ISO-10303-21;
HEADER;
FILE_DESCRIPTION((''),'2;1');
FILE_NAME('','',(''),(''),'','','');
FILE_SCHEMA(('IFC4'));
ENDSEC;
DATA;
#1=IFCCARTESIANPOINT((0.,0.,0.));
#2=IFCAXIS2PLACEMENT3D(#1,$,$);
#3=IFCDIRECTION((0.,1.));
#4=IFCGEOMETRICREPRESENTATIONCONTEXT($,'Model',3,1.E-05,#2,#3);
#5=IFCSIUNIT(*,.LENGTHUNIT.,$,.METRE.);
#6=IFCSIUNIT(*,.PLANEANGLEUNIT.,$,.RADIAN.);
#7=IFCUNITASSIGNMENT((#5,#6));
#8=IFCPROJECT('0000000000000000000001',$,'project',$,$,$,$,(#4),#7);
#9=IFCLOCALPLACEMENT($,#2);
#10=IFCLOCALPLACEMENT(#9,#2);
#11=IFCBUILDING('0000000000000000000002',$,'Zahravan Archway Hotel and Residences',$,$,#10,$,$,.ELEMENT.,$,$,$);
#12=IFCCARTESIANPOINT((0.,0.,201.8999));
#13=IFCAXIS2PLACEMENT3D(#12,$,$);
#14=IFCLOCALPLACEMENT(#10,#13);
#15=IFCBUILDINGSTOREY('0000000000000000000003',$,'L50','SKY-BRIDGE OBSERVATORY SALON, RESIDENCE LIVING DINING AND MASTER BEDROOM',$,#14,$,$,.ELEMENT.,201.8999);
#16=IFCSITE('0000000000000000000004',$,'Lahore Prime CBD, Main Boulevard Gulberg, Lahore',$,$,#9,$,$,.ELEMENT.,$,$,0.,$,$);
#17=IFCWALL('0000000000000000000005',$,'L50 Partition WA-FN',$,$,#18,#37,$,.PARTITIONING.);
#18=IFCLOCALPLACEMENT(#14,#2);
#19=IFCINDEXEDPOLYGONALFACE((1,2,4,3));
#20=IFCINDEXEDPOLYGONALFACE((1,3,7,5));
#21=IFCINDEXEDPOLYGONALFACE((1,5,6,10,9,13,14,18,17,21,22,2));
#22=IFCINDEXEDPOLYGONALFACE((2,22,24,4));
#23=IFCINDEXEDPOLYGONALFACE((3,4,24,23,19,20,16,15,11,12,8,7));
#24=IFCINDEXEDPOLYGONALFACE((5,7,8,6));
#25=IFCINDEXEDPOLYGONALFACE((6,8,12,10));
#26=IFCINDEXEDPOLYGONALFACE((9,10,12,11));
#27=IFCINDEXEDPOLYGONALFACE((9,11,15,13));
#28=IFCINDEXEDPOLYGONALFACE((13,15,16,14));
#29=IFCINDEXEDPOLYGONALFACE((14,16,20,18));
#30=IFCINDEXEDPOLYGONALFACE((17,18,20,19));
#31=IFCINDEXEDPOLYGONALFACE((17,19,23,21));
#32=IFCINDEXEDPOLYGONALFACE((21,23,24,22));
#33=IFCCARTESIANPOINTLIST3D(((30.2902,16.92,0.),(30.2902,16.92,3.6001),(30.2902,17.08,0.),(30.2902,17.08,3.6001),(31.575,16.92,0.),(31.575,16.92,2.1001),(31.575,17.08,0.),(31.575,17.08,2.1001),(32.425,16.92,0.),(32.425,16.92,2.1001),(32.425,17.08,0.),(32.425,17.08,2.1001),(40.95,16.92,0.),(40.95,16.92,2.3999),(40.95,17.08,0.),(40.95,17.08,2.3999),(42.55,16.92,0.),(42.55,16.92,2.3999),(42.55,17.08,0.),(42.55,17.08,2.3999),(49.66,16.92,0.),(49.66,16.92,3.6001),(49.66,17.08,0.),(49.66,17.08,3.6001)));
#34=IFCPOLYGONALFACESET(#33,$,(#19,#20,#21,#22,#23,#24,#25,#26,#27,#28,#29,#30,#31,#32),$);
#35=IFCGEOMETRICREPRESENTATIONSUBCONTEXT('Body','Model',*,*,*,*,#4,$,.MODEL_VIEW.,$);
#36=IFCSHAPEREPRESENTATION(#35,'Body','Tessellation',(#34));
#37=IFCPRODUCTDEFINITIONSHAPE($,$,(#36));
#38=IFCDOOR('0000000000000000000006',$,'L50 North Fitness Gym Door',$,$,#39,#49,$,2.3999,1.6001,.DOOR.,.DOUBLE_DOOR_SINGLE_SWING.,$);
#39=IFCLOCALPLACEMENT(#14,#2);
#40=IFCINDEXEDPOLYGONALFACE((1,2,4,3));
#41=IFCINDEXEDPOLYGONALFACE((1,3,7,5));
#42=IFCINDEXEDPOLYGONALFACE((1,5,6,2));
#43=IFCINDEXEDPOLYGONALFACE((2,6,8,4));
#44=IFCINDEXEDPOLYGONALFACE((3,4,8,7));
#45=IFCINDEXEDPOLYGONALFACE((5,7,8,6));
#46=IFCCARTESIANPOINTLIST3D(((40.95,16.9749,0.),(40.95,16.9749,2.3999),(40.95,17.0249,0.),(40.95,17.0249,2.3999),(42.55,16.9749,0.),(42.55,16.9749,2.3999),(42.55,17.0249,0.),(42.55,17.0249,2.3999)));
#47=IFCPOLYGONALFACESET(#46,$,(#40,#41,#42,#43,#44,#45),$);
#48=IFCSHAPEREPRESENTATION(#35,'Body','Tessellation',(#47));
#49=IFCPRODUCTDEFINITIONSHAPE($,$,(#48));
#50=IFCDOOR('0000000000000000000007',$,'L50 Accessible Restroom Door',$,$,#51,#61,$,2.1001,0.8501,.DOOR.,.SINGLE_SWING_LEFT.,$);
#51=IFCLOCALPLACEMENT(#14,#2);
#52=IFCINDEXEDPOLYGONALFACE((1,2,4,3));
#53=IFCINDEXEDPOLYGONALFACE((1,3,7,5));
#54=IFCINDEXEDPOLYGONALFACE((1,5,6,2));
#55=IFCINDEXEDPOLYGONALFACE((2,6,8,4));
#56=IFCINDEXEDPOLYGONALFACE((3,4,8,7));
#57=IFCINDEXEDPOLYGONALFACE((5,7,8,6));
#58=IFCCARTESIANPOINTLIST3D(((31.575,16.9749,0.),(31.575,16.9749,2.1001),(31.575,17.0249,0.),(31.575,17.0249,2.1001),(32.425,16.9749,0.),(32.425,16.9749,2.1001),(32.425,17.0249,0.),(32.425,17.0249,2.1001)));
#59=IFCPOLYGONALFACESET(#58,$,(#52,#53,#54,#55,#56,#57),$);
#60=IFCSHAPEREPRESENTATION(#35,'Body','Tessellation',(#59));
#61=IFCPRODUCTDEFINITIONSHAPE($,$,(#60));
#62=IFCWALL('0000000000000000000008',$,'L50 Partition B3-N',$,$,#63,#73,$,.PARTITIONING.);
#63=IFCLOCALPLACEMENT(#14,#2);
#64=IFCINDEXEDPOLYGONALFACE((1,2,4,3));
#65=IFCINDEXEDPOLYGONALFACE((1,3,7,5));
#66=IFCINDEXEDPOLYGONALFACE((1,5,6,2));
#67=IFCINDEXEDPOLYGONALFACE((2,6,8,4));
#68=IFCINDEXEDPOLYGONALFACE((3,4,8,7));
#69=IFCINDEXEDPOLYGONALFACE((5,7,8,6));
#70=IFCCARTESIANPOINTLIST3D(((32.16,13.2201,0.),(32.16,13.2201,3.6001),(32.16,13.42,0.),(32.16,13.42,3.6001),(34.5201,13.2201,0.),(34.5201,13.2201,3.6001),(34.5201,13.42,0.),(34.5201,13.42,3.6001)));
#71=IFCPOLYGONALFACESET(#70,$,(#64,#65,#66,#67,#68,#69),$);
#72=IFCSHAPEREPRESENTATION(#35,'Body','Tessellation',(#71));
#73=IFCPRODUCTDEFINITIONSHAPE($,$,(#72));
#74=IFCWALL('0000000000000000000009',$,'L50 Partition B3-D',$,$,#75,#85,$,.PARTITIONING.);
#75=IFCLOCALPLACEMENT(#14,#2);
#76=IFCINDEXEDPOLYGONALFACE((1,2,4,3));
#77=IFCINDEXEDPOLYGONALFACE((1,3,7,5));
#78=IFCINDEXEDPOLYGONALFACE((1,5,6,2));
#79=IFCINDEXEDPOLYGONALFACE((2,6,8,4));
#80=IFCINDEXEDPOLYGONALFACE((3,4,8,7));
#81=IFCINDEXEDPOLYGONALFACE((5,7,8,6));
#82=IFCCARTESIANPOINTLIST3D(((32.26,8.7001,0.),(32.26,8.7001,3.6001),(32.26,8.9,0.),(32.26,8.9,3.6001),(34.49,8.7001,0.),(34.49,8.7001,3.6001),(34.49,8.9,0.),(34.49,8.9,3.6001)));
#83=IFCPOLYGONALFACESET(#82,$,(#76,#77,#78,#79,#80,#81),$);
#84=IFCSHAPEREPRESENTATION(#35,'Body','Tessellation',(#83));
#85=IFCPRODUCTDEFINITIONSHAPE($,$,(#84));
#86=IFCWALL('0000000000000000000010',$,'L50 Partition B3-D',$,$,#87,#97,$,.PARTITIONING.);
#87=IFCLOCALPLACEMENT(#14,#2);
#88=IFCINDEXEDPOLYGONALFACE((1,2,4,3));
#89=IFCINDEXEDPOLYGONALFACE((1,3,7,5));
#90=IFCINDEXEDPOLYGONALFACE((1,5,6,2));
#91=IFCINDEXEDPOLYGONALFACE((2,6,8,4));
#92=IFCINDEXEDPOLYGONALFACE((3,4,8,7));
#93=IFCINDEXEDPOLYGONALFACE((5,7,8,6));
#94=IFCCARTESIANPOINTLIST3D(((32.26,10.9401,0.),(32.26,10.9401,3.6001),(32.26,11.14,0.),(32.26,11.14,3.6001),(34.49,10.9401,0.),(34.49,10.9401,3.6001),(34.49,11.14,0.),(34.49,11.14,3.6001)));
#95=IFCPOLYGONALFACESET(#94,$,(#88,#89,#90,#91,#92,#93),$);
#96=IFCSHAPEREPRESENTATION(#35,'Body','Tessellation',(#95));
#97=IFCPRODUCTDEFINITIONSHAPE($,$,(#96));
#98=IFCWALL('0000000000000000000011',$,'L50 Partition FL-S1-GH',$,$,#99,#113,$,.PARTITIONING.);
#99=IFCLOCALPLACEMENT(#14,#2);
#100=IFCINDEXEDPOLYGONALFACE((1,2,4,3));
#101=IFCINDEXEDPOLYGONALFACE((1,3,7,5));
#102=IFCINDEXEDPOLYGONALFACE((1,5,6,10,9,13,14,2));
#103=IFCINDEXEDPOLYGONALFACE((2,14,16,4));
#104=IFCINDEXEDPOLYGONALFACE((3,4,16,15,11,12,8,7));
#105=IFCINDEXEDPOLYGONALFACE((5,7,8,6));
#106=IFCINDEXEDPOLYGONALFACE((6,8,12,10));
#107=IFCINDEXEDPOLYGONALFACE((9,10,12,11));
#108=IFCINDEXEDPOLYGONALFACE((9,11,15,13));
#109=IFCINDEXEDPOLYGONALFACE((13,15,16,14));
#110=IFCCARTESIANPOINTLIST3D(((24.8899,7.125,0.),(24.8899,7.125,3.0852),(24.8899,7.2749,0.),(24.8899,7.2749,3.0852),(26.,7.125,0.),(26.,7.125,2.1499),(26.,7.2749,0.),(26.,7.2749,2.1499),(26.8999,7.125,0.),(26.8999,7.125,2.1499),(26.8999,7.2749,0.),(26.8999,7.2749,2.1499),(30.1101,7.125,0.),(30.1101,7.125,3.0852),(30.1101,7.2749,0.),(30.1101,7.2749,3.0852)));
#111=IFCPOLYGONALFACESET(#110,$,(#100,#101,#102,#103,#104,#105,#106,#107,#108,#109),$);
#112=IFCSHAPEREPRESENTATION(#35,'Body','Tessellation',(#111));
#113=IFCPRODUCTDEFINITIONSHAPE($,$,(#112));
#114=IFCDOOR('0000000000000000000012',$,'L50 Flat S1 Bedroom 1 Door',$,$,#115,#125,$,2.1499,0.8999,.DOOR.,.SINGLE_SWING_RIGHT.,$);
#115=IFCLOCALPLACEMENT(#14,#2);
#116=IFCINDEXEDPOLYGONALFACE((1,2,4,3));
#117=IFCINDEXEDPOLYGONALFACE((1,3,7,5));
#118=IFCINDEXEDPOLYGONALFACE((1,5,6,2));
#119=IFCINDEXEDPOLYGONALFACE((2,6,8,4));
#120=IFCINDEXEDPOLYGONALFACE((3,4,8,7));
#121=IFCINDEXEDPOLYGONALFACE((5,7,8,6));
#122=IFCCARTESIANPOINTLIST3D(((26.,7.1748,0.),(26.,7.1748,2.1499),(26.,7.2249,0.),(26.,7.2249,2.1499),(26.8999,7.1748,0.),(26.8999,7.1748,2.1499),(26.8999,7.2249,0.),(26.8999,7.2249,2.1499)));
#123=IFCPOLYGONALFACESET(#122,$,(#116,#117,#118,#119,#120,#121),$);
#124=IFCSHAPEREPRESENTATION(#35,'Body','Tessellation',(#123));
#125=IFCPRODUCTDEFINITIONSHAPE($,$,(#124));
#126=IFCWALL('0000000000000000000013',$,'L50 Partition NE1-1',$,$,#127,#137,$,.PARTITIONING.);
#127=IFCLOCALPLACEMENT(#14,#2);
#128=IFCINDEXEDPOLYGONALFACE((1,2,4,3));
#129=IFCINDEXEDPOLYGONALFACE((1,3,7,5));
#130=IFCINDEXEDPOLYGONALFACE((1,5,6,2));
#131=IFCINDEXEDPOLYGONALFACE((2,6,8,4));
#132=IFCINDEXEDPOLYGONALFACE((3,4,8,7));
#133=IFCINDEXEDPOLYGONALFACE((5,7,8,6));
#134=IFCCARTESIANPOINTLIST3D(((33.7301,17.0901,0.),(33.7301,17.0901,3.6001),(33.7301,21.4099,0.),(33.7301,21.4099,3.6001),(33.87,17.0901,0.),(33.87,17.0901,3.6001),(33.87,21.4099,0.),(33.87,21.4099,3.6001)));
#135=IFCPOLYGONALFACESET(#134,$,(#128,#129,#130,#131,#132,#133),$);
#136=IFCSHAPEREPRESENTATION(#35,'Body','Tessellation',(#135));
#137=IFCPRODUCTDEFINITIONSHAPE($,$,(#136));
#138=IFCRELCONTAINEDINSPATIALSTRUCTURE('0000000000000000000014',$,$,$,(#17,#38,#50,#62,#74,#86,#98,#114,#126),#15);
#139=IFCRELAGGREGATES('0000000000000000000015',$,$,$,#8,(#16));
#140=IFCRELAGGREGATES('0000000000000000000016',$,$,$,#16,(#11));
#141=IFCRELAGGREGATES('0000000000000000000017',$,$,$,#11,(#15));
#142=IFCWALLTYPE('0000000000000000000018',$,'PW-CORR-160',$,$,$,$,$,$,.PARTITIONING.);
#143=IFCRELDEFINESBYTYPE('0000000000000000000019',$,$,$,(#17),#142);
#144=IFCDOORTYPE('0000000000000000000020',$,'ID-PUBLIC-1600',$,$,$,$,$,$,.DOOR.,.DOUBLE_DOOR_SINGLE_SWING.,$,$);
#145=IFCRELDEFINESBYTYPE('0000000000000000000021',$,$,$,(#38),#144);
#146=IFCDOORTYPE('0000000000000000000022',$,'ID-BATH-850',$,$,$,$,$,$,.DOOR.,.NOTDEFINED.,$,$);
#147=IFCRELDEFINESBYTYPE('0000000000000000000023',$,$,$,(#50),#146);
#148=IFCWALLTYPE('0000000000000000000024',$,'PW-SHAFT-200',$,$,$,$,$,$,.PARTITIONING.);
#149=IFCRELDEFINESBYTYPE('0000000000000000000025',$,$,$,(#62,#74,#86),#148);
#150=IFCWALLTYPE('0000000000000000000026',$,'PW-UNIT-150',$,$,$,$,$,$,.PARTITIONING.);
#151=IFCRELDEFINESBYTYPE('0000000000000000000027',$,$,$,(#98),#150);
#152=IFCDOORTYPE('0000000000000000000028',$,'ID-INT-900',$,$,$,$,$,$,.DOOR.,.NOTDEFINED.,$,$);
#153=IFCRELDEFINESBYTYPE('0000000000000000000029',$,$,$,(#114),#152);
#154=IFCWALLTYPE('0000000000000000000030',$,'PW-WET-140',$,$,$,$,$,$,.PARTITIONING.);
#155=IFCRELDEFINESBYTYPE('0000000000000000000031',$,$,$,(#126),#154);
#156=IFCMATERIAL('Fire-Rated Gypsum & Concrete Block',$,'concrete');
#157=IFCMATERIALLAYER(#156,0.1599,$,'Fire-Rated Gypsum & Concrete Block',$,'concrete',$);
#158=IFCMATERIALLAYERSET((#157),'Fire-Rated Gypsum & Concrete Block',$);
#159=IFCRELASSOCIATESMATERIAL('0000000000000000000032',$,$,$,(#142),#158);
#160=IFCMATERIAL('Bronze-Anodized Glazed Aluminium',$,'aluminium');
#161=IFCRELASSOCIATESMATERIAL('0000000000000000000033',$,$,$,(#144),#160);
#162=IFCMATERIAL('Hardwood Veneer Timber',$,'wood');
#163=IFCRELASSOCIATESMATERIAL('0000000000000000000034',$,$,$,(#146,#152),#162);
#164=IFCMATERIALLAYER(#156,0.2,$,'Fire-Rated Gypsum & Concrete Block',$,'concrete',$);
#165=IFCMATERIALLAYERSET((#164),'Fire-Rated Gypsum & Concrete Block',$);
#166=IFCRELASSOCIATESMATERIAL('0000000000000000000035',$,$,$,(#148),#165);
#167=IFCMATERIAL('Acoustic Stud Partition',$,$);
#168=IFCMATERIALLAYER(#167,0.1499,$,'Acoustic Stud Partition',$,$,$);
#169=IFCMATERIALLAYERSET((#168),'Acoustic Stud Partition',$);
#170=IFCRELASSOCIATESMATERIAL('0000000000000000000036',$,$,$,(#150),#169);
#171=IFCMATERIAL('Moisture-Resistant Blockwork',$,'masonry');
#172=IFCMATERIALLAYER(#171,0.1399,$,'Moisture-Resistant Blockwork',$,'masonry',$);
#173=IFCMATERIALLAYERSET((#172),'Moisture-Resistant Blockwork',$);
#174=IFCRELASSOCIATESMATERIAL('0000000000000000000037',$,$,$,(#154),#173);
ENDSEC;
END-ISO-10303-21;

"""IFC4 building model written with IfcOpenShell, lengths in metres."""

from ifc_helpers import new_model, si_unit, direction, frame, frame_2d, origin, place, context, subcontext, project, spatial, rectangle, extrude, source, transform, mapped, material, layer, layer_set, type_object, type_shapes, element, fill, save


model = new_model("IFC4")

# Units and contexts
model_context = context("Model", 3, precision=1e-05, world=origin(), true_north=direction((0.0, 1.0)))
body_context = subcontext(model_context, "Body", "Model", "MODEL_VIEW")
ifc_project = project(units=[si_unit("LENGTHUNIT", "METRE"), si_unit("PLANEANGLEUNIT", "RADIAN")], contexts=[model_context])

# Site, building, storey
site_placement = place(None, origin())
site = spatial("IfcSite", under=ifc_project, at=site_placement, Name="Lahore Prime CBD, Main Boulevard Gulberg, Lahore", CompositionType="ELEMENT", RefElevation=0.0)
building_placement = place(site_placement, origin())
building = spatial("IfcBuilding", under=site, at=building_placement, Name="Zahravan Archway Hotel and Residences", CompositionType="ELEMENT")
storey_placement = place(building_placement, frame((0.0, 0.0, 201.8999)))
storey = spatial("IfcBuildingStorey", under=building, at=storey_placement, Name="L50", Description="SKY-BRIDGE OBSERVATORY SALON, RESIDENCE LIVING DINING AND MASTER BEDROOM", CompositionType="ELEMENT", Elevation=201.8999)

# Shared definitions
ifc_material_1 = material(Name="Fire-Rated Gypsum & Concrete Block", Category="concrete")
ifc_layer_1 = layer(ifc_material_1, 0.1599, Name="Fire-Rated Gypsum & Concrete Block", Category="concrete")
ifc_layer_set_1 = layer_set([ifc_layer_1], Name="Fire-Rated Gypsum & Concrete Block")
wall_type_1 = type_object("IfcWallType", Name="PW-CORR-160", PredefinedType="PARTITIONING", material=ifc_layer_set_1)

# Wall, openings, doors
wall_1_placement = place(storey_placement, frame((30.29, 17.0, 0.0), z_axis=(0.0, 0.0, 1.0), x_axis=(1.0, 0.0, 0.0)))
wall_1 = element("IfcWall", 1, at=wall_1_placement, inside=storey, type_object=wall_type_1, Name="L50 Partition WA-FN", PredefinedType="PARTITIONING", context=body_context, shape_type="SweptSolid", body=[
    extrude(rectangle(XDim=19.3699, YDim=0.1599, at=frame_2d((9.6851, 0.0))), origin(), (0.0, 0.0, 1.0), 3.6001),
])
opening_1_placement = place(wall_1_placement, frame((1.2849, 0.0, 0.0)))
opening_1 = element("IfcOpeningElement", 2, at=opening_1_placement, cuts=wall_1, PredefinedType="OPENING", context=body_context, shape_type="SweptSolid", body=[
    extrude(rectangle(XDim=0.8501, YDim=2.1001, at=frame_2d((0.425, 1.05))), frame((0.0, 0.0898, 0.0), z_axis=(0.0, -1.0, 0.0), x_axis=(1.0, 0.0, 0.0)), (0.0, 0.0, 1.0), 0.1799),
])
opening_2_placement = place(wall_1_placement, frame((10.6599, 0.0, 0.0)))
opening_2 = element("IfcOpeningElement", 3, at=opening_2_placement, cuts=wall_1, PredefinedType="OPENING", context=body_context, shape_type="SweptSolid", body=[
    extrude(rectangle(XDim=1.6001, YDim=2.3999, at=frame_2d((0.8, 1.2))), frame((0.0, 0.0898, 0.0), z_axis=(0.0, -1.0, 0.0), x_axis=(1.0, 0.0, 0.0)), (0.0, 0.0, 1.0), 0.1799),
])
ifc_material_2 = material(Name="Bronze-Anodized Glazed Aluminium", Category="aluminium")
door_type_1 = type_object("IfcDoorType", Name="ID-PUBLIC-1600", OperationType="DOUBLE_DOOR_SINGLE_SWING", PredefinedType="DOOR", material=ifc_material_2)
shared_shape_1 = source(origin(), body_context, "Body", "SweptSolid", [
    extrude(rectangle(XDim=1.6001, YDim=2.3999, at=frame_2d((0.8, 1.2))), frame((0.0, 0.0249, 0.0), z_axis=(0.0, -1.0, 0.0), x_axis=(1.0, 0.0, 0.0)), (0.0, 0.0, 1.0), 0.05),
])
type_shapes(door_type_1, [shared_shape_1])
door_1_placement = place(opening_2_placement, origin())
door_1 = element("IfcDoor", 4, at=door_1_placement, inside=storey, type_object=door_type_1, Name="L50 North Fitness Gym Door", OperationType="DOUBLE_DOOR_SINGLE_SWING", OverallHeight=2.3999, OverallWidth=1.6001, PredefinedType="DOOR", context=body_context, shape_type="MappedRepresentation", body=[
    mapped(shared_shape_1, transform((0.0, 0.0, 0.0), scale=1.0)),
])
fill(opening_2, door_1)
ifc_material_3 = material(Name="Hardwood Veneer Timber", Category="wood")
door_type_2 = type_object("IfcDoorType", Name="ID-BATH-850", OperationType="NOTDEFINED", PredefinedType="DOOR", material=ifc_material_3)
shared_shape_2 = source(origin(), body_context, "Body", "SweptSolid", [
    extrude(rectangle(XDim=0.8501, YDim=2.1001, at=frame_2d((0.425, 1.05))), frame((0.0, 0.0249, 0.0), z_axis=(0.0, -1.0, 0.0), x_axis=(1.0, 0.0, 0.0)), (0.0, 0.0, 1.0), 0.05),
])
type_shapes(door_type_2, [shared_shape_2])
door_2_placement = place(opening_1_placement, origin())
door_2 = element("IfcDoor", 5, at=door_2_placement, inside=storey, type_object=door_type_2, Name="L50 Accessible Restroom Door", OperationType="SINGLE_SWING_LEFT", OverallHeight=2.1001, OverallWidth=0.8501, PredefinedType="DOOR", context=body_context, shape_type="MappedRepresentation", body=[
    mapped(shared_shape_2, transform((0.0, 0.0, 0.0), scale=1.0)),
])
fill(opening_1, door_2)

# Walls
ifc_layer_2 = layer(ifc_material_1, 0.2, Name="Fire-Rated Gypsum & Concrete Block", Category="concrete")
ifc_layer_set_2 = layer_set([ifc_layer_2], Name="Fire-Rated Gypsum & Concrete Block")
wall_type_2 = type_object("IfcWallType", Name="PW-SHAFT-200", PredefinedType="PARTITIONING", material=ifc_layer_set_2)
wall_2_placement = place(storey_placement, frame((32.1599, 13.3201, 0.0), z_axis=(0.0, 0.0, 1.0), x_axis=(1.0, 0.0, 0.0)))
element("IfcWall", 6, at=wall_2_placement, inside=storey, type_object=wall_type_2, Name="L50 Partition B3-N", PredefinedType="PARTITIONING", context=body_context, shape_type="SweptSolid", body=[
    extrude(rectangle(XDim=2.3601, YDim=0.2, at=frame_2d((1.1802, 0.0))), origin(), (0.0, 0.0, 1.0), 3.6001),
])
for number, where, z_axis, x_axis, name in (
    (7, (32.26, 8.8, 0.0), (0.0, 0.0, 1.0), (1.0, 0.0, 0.0), "L50 Partition B3-D"),
    (8, (32.26, 11.04, 0.0), (0.0, 0.0, 1.0), (1.0, 0.0, 0.0), "L50 Partition B3-D"),
):
    element("IfcWall", number, at=place(storey_placement, frame(where, z_axis=z_axis, x_axis=x_axis)), inside=storey, type_object=wall_type_2, Name=name, PredefinedType="PARTITIONING", context=body_context, shape_type="SweptSolid", body=[
        extrude(rectangle(XDim=2.23, YDim=0.2, at=frame_2d((1.115, 0.0))), origin(), (0.0, 0.0, 1.0), 3.6001),
    ])

# Wall, opening, door
ifc_material_4 = material(Name="Acoustic Stud Partition")
ifc_layer_3 = layer(ifc_material_4, 0.1499, Name="Acoustic Stud Partition")
ifc_layer_set_3 = layer_set([ifc_layer_3], Name="Acoustic Stud Partition")
wall_type_3 = type_object("IfcWallType", Name="PW-UNIT-150", PredefinedType="PARTITIONING", material=ifc_layer_set_3)
wall_3_placement = place(storey_placement, frame((24.8899, 7.2, 0.0), z_axis=(0.0, 0.0, 1.0), x_axis=(1.0, 0.0, 0.0)))
wall_3 = element("IfcWall", 9, at=wall_3_placement, inside=storey, type_object=wall_type_3, Name="L50 Partition FL-S1-GH", PredefinedType="PARTITIONING", context=body_context, shape_type="SweptSolid", body=[
    extrude(rectangle(XDim=5.2202, YDim=0.1499, at=frame_2d((2.6101, 0.0))), origin(), (0.0, 0.0, 1.0), 3.0852),
])
opening_3_placement = place(wall_3_placement, frame((1.1101, 0.0, 0.0)))
opening_3 = element("IfcOpeningElement", 10, at=opening_3_placement, cuts=wall_3, PredefinedType="OPENING", context=body_context, shape_type="SweptSolid", body=[
    extrude(rectangle(XDim=0.8999, YDim=2.1499, at=frame_2d((0.45, 1.075))), frame((0.0, 0.085, 0.0), z_axis=(0.0, -1.0, 0.0), x_axis=(1.0, 0.0, 0.0)), (0.0, 0.0, 1.0), 0.1699),
])
door_type_3 = type_object("IfcDoorType", Name="ID-INT-900", OperationType="NOTDEFINED", PredefinedType="DOOR", material=ifc_material_3)
shared_shape_3 = source(origin(), body_context, "Body", "SweptSolid", [
    extrude(rectangle(XDim=0.8999, YDim=2.1499, at=frame_2d((0.45, 1.075))), frame((0.0, 0.0249, 0.0), z_axis=(0.0, -1.0, 0.0), x_axis=(1.0, 0.0, 0.0)), (0.0, 0.0, 1.0), 0.05),
])
type_shapes(door_type_3, [shared_shape_3])
door_3_placement = place(opening_3_placement, origin())
door_3 = element("IfcDoor", 11, at=door_3_placement, inside=storey, type_object=door_type_3, Name="L50 Flat S1 Bedroom 1 Door", OperationType="SINGLE_SWING_RIGHT", OverallHeight=2.1499, OverallWidth=0.8999, PredefinedType="DOOR", context=body_context, shape_type="MappedRepresentation", body=[
    mapped(shared_shape_3, transform((0.0, 0.0, 0.0), scale=1.0)),
])
fill(opening_3, door_3)

# Wall
ifc_material_5 = material(Name="Moisture-Resistant Blockwork", Category="masonry")
ifc_layer_4 = layer(ifc_material_5, 0.1399, Name="Moisture-Resistant Blockwork", Category="masonry")
ifc_layer_set_4 = layer_set([ifc_layer_4], Name="Moisture-Resistant Blockwork")
wall_type_4 = type_object("IfcWallType", Name="PW-WET-140", PredefinedType="PARTITIONING", material=ifc_layer_set_4)
wall_4_placement = place(storey_placement, frame((33.8, 17.0901, 0.0), z_axis=(0.0, 0.0, 1.0), x_axis=(0.0, 1.0, 0.0)))
element("IfcWall", 12, at=wall_4_placement, inside=storey, type_object=wall_type_4, Name="L50 Partition NE1-1", PredefinedType="PARTITIONING", context=body_context, shape_type="SweptSolid", body=[
    extrude(rectangle(XDim=4.3198, YDim=0.1399, at=frame_2d((2.1599, 0.0))), origin(), (0.0, 0.0, 1.0), 3.6001),
])

save(model, "model.ifc")
